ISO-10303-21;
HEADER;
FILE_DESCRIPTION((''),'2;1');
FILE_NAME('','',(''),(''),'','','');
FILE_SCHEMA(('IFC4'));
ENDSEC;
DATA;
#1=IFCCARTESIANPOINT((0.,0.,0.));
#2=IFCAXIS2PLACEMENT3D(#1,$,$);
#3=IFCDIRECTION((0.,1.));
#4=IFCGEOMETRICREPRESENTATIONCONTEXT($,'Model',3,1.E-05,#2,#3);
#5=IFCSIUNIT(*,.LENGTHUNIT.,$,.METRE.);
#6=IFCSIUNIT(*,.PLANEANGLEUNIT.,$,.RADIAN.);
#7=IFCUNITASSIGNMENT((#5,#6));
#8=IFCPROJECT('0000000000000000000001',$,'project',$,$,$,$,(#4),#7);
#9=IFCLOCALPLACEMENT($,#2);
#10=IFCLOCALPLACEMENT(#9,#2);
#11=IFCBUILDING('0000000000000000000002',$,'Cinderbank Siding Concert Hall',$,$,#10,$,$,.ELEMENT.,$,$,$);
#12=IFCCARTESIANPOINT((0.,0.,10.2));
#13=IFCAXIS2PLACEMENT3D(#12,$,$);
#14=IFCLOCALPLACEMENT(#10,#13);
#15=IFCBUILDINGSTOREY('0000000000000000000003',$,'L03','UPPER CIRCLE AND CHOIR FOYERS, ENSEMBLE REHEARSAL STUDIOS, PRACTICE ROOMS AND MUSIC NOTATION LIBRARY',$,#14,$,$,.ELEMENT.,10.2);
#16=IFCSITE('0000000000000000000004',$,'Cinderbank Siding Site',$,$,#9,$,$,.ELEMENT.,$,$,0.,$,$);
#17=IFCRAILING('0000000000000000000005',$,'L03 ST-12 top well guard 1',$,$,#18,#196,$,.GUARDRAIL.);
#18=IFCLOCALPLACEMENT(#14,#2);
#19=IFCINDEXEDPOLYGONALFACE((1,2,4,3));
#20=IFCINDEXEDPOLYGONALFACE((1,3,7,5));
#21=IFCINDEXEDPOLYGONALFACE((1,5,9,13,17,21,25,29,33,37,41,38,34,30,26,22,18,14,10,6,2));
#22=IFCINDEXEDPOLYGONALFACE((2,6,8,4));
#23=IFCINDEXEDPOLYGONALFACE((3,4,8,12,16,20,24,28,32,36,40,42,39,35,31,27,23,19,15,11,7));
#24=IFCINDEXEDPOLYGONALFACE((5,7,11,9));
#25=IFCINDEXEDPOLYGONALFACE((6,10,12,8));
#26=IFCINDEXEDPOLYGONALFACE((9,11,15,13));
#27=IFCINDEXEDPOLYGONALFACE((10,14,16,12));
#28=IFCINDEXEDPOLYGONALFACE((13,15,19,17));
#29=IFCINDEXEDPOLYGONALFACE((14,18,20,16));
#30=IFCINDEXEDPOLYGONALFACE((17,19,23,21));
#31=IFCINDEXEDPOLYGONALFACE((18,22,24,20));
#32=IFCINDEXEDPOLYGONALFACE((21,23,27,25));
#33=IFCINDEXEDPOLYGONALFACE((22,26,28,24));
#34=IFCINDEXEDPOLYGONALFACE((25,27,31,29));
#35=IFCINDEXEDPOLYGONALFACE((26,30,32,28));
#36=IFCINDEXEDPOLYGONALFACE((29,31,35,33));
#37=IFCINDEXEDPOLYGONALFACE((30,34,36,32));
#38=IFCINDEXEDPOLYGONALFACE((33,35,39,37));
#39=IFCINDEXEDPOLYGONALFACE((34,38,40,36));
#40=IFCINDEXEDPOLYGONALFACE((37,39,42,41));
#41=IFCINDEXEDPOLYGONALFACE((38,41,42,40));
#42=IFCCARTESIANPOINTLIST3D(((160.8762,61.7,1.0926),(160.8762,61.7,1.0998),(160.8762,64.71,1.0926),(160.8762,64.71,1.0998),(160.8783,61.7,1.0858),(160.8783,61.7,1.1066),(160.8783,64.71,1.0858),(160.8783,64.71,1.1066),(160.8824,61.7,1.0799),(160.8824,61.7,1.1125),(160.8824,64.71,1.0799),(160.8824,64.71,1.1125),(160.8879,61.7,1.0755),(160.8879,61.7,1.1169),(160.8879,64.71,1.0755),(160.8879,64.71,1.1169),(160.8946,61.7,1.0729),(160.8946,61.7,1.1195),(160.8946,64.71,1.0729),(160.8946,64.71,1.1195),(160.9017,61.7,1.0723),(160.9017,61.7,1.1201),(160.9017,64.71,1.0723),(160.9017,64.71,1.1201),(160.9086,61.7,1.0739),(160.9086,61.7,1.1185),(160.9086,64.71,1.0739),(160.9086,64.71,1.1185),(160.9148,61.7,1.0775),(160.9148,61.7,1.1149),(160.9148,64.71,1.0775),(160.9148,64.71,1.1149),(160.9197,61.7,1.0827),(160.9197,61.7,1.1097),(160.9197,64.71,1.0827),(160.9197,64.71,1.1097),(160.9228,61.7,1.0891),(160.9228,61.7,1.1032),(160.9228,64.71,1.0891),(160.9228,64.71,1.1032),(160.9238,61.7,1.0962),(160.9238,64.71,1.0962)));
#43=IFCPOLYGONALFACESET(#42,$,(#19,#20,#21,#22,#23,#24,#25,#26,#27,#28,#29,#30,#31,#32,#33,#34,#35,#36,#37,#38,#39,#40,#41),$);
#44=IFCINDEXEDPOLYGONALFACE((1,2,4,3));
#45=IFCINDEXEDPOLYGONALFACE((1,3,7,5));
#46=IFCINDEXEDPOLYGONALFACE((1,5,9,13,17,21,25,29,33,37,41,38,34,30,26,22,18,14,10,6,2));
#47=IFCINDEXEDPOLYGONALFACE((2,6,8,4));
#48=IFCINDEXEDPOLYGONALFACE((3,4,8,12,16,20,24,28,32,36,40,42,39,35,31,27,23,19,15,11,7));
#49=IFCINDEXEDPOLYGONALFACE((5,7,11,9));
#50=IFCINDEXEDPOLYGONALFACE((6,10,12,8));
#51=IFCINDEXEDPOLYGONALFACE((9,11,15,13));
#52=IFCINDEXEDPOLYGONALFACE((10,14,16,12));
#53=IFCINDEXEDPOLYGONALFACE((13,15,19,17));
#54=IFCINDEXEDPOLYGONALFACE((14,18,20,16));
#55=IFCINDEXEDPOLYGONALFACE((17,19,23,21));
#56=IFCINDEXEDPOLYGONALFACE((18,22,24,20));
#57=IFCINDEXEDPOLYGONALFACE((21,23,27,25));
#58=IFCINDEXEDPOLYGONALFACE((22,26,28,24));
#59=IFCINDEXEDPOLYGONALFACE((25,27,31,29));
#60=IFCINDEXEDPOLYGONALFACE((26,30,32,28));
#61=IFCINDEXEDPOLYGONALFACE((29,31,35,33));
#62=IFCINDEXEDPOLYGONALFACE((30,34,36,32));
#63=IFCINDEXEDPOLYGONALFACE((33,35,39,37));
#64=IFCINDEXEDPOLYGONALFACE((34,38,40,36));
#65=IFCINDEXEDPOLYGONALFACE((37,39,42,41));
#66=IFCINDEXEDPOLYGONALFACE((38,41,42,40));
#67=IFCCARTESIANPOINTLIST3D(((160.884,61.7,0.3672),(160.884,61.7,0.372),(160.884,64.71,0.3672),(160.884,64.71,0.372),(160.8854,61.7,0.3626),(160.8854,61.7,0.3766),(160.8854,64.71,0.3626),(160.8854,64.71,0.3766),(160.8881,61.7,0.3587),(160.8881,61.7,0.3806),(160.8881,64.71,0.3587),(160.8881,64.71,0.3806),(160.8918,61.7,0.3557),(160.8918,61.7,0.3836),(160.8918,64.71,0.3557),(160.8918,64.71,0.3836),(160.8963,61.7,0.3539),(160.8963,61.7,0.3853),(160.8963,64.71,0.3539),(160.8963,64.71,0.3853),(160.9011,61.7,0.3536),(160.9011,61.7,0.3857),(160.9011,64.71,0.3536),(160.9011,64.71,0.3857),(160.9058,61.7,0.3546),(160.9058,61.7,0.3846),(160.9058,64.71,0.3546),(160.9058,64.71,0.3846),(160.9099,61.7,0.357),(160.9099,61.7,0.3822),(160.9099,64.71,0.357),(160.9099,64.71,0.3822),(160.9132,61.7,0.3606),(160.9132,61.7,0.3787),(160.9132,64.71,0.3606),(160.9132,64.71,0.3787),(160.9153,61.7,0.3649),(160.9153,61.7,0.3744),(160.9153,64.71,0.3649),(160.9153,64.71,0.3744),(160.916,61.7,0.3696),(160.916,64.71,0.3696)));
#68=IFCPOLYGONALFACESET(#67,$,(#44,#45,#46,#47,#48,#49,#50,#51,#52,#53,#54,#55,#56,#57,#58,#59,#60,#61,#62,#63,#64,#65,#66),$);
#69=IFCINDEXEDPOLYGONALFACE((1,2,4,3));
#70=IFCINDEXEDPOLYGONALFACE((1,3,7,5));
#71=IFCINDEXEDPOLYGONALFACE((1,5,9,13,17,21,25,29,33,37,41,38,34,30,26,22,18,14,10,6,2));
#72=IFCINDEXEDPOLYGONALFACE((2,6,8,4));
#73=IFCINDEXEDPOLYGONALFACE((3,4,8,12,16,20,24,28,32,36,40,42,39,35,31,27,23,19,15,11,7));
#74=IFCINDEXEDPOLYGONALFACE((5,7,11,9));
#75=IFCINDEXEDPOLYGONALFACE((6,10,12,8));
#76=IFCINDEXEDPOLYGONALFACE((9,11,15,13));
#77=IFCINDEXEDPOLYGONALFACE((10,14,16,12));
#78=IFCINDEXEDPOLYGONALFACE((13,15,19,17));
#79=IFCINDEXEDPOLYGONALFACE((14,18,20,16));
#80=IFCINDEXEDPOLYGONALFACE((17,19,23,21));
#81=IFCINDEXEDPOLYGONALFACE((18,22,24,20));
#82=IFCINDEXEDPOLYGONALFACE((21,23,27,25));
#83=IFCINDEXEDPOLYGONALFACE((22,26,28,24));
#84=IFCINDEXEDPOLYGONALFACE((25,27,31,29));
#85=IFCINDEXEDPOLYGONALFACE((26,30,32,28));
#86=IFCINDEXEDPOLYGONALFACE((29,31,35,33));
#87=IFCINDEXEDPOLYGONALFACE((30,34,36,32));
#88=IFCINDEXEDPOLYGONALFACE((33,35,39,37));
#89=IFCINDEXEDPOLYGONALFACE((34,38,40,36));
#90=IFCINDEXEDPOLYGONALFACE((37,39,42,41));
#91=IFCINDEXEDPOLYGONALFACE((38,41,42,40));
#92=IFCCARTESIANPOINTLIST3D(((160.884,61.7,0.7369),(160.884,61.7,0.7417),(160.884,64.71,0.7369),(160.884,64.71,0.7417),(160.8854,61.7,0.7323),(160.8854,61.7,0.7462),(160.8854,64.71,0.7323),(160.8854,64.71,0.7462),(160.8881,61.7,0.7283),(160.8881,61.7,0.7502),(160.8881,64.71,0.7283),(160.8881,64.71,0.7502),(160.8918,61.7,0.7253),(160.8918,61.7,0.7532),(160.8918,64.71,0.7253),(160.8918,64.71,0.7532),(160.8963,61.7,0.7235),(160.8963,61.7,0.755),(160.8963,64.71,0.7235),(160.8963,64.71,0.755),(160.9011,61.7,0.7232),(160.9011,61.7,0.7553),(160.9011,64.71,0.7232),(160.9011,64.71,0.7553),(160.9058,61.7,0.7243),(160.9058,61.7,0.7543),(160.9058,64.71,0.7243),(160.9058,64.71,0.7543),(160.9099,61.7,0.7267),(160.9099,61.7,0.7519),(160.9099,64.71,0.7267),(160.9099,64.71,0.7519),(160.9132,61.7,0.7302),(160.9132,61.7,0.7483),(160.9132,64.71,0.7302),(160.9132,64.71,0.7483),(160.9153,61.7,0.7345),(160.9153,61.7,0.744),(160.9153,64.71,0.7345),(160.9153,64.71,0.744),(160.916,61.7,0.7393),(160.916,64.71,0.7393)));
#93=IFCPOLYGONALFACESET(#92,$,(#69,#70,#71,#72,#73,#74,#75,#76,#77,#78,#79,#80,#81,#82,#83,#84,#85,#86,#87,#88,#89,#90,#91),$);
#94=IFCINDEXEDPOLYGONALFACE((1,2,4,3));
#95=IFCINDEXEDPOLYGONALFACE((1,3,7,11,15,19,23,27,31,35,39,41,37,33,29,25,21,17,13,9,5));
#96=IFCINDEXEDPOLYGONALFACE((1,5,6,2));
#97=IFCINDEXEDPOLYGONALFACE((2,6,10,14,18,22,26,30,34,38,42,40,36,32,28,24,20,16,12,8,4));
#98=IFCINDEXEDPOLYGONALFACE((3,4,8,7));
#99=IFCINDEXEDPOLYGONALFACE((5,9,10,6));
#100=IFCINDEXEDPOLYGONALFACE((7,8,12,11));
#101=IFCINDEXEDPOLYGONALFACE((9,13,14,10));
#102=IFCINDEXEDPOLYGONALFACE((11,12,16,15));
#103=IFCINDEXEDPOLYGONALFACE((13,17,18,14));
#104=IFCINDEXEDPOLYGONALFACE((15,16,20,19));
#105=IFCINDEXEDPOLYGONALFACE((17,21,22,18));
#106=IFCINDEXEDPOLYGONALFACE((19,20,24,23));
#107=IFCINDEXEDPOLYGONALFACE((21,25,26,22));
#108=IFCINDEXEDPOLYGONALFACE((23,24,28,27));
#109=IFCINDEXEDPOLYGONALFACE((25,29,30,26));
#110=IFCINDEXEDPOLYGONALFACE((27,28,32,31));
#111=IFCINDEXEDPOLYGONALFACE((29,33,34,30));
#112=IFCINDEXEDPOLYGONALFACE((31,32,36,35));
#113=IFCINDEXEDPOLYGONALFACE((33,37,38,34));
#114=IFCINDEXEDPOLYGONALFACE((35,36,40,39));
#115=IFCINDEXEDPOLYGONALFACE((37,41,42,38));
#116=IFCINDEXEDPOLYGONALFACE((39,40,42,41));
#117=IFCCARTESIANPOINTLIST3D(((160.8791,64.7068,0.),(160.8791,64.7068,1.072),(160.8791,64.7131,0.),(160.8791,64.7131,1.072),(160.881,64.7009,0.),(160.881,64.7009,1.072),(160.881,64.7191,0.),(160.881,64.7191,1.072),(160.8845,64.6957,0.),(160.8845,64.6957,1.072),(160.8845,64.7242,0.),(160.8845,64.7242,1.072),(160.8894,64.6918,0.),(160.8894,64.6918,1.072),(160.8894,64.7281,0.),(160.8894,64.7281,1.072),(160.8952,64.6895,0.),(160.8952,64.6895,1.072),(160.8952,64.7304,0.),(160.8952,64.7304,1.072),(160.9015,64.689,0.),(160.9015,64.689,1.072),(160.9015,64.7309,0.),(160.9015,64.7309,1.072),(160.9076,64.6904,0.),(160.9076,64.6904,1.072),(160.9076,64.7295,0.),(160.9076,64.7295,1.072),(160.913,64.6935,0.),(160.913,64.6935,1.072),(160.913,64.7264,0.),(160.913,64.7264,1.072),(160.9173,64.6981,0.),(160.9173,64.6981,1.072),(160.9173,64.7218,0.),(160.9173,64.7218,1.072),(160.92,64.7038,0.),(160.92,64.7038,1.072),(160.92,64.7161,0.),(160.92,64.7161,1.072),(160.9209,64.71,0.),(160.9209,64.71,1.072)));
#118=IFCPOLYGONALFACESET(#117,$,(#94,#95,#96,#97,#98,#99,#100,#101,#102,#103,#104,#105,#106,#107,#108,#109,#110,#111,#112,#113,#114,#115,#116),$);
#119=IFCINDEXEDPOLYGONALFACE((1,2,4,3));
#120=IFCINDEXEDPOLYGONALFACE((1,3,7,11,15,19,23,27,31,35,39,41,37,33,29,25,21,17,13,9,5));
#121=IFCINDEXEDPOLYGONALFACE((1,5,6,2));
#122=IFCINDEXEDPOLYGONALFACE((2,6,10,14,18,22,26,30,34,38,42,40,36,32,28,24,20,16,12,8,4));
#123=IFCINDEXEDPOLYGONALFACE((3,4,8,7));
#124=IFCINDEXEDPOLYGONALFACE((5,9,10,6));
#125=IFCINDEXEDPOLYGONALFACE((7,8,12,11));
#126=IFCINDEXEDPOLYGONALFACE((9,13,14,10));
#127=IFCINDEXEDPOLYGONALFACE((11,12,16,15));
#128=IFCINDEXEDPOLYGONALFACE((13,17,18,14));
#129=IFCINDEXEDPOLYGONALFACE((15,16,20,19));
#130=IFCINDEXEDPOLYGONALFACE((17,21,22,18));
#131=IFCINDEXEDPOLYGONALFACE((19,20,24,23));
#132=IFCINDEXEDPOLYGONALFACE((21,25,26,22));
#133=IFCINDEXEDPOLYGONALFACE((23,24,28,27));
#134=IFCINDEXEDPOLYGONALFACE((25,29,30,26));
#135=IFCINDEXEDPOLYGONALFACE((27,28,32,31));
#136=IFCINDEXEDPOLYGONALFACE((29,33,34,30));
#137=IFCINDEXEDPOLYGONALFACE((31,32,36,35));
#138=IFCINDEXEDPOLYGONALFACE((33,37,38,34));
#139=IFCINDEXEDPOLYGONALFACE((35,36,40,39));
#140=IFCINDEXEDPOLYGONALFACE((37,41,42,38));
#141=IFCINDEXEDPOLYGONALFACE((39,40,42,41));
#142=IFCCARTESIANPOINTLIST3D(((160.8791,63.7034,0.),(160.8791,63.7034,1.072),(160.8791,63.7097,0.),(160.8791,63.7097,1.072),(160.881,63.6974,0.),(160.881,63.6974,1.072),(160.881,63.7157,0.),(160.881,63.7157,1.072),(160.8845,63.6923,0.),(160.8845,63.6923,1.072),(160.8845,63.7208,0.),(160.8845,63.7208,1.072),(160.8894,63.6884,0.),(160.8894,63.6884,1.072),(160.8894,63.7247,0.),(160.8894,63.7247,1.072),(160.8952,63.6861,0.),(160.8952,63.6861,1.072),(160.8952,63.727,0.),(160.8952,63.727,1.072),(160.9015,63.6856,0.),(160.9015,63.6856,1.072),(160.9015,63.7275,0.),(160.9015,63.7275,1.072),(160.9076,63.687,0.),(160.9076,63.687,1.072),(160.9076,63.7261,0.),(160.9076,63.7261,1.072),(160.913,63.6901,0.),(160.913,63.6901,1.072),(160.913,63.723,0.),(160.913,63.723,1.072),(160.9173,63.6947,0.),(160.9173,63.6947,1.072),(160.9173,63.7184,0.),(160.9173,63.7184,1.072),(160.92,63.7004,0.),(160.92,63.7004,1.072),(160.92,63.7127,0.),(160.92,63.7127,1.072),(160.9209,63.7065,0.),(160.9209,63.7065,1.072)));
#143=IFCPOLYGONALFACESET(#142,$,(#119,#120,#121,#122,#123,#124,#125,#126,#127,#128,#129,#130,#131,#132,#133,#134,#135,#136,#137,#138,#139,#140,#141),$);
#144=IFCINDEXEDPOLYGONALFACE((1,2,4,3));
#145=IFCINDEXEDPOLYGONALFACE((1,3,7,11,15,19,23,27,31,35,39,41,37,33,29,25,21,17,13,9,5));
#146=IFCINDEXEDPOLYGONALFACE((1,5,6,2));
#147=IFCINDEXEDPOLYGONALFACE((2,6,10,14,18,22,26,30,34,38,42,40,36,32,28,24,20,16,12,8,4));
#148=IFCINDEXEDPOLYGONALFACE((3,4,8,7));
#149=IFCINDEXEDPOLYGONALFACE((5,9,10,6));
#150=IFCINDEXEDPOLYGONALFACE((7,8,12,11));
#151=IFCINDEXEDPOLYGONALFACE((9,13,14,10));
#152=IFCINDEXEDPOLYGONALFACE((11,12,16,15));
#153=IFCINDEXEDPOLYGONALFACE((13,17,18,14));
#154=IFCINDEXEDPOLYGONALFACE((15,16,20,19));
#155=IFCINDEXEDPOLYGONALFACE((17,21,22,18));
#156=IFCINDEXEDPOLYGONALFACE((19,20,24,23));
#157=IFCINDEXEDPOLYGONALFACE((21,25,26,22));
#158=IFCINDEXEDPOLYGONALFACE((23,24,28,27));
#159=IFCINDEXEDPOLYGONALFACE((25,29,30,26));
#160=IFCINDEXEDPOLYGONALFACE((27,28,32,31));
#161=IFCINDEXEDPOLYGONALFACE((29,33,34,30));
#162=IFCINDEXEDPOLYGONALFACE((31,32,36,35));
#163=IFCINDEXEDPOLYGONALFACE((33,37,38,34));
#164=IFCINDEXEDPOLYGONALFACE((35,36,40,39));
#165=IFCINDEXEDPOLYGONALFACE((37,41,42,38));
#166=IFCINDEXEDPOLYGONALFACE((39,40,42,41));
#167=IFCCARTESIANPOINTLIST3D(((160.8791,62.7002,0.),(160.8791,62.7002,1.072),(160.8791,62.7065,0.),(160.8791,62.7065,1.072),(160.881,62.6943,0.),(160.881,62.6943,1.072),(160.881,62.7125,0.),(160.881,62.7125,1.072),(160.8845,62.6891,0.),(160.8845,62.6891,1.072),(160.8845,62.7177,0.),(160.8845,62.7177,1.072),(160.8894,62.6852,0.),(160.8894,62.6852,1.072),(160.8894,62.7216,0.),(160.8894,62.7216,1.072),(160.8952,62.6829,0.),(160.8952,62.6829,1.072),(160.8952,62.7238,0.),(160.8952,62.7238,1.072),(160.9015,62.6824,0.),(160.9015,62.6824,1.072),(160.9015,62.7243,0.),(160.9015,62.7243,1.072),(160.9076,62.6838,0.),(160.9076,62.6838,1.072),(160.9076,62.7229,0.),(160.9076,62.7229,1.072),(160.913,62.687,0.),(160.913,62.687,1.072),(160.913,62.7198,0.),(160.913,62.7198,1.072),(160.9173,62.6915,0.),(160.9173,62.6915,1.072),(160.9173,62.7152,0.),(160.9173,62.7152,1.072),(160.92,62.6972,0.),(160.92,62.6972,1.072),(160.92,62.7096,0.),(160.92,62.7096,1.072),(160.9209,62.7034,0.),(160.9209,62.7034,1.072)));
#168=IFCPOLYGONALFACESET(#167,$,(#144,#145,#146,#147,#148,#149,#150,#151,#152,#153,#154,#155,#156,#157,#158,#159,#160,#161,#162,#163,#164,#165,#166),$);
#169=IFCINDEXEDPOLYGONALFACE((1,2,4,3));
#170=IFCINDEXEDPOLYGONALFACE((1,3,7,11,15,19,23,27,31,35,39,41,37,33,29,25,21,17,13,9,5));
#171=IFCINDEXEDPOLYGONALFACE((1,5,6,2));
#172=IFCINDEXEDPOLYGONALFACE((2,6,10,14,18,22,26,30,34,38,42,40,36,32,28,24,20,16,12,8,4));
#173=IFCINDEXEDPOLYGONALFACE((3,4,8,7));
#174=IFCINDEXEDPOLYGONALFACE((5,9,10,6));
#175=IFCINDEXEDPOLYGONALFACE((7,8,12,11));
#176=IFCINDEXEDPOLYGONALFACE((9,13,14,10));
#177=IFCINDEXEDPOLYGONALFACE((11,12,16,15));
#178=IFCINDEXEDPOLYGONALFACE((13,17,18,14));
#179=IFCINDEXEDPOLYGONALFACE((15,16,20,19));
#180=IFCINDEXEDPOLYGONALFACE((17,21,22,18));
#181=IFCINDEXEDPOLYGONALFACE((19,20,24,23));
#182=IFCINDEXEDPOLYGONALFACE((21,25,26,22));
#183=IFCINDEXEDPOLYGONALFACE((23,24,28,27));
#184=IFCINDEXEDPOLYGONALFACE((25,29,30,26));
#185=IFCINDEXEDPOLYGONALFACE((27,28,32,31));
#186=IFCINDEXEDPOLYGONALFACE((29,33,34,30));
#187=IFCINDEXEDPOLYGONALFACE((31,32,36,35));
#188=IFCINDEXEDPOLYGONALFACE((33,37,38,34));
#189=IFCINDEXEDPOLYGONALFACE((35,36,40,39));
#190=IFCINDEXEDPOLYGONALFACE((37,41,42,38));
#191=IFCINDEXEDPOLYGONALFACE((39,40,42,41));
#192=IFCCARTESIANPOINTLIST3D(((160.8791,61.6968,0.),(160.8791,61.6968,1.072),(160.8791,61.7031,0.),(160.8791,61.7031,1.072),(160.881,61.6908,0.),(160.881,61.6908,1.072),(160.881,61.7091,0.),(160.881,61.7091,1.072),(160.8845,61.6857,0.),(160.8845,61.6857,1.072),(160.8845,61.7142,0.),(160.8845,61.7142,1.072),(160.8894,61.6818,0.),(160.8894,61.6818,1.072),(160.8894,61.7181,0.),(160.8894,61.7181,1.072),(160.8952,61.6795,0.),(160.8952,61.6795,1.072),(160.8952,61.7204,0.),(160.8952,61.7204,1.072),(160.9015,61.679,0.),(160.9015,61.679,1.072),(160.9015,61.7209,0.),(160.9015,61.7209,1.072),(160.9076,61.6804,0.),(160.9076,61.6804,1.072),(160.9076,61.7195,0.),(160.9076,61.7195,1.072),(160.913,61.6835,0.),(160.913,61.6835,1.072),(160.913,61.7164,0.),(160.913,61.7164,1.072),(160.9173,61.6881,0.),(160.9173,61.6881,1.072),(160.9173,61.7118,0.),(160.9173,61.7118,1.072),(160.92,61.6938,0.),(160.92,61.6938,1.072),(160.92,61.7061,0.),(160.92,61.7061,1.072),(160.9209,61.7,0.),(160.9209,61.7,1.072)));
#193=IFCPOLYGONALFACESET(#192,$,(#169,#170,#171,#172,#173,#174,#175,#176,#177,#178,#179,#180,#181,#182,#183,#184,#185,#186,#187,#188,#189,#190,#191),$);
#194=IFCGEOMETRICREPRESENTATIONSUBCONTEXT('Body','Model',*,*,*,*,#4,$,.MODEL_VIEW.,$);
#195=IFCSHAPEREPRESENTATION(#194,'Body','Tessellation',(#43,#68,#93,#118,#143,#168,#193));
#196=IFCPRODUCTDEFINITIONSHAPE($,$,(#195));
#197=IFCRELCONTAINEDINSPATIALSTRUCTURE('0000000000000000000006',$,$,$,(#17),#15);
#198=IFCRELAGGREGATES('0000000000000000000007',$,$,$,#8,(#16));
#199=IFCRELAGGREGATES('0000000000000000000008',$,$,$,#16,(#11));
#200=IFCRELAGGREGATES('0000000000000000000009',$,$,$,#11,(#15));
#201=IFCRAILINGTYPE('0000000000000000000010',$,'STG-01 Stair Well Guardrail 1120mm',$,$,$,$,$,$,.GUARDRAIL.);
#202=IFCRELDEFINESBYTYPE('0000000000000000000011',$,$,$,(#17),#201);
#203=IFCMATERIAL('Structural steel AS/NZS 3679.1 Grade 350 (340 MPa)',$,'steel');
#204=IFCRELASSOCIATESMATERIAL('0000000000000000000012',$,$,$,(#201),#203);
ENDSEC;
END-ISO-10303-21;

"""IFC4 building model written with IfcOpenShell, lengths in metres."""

from ifc_helpers import new_model, si_unit, direction, frame, origin, origin_2d, place, context, subcontext, project, spatial, circle, extrude, material, type_object, element, save


model = new_model("IFC4")

# Units and contexts
model_context = context("Model", 3, precision=1e-05, world=origin(), true_north=direction((0.0, 1.0)))
body_context = subcontext(model_context, "Body", "Model", "MODEL_VIEW")
ifc_project = project(units=[si_unit("LENGTHUNIT", "METRE"), si_unit("PLANEANGLEUNIT", "RADIAN")], contexts=[model_context])

# Site, building, storey
site_placement = place(None, origin())
site = spatial("IfcSite", under=ifc_project, at=site_placement, Name="Cinderbank Siding Site", CompositionType="ELEMENT", RefElevation=0.0)
building_placement = place(site_placement, origin())
building = spatial("IfcBuilding", under=site, at=building_placement, Name="Cinderbank Siding Concert Hall", CompositionType="ELEMENT")
storey_placement = place(building_placement, frame((0.0, 0.0, 10.2)))
storey = spatial("IfcBuildingStorey", under=building, at=storey_placement, Name="L03", Description="UPPER CIRCLE AND CHOIR FOYERS, ENSEMBLE REHEARSAL STUDIOS, PRACTICE ROOMS AND MUSIC NOTATION LIBRARY", CompositionType="ELEMENT", Elevation=10.2)

# Shared definitions
ifc_material_1 = material(Name="Structural steel AS/NZS 3679.1 Grade 350 (340 MPa)", Category="steel")

# Railing
railing_type = type_object("IfcRailingType", Name="STG-01 Stair Well Guardrail 1120mm", PredefinedType="GUARDRAIL", material=ifc_material_1)
railing_placement = place(storey_placement, frame((160.8999, 64.71, 0.0)))
element("IfcRailing", 1, at=railing_placement, inside=storey, type_object=railing_type, Name="L03 ST-12 top well guard 1", PredefinedType="GUARDRAIL", context=body_context, shape_type="SweptSolid", body=[
    extrude(circle(Radius=0.0239, at=origin_2d()), frame((0.0, 0.0, 1.0962), z_axis=(0.0, -1.0, 0.0), x_axis=(1.0, 0.0, 0.0)), (0.0, 0.0, 1.0), 3.01),
    extrude(circle(Radius=0.0161, at=origin_2d()), frame((0.0, 0.0, 0.3696), z_axis=(0.0, -1.0, 0.0), x_axis=(1.0, 0.0, 0.0)), (0.0, 0.0, 1.0), 3.01),
    extrude(circle(Radius=0.0161, at=origin_2d()), frame((0.0, 0.0, 0.7393), z_axis=(0.0, -1.0, 0.0), x_axis=(1.0, 0.0, 0.0)), (0.0, 0.0, 1.0), 3.01),
    extrude(circle(Radius=0.021, at=origin_2d()), origin(), (0.0, 0.0, 1.0), 1.072),
    extrude(circle(Radius=0.021, at=origin_2d()), frame((0.0, -1.0034, 0.0)), (0.0, 0.0, 1.0), 1.072),
    extrude(circle(Radius=0.021, at=origin_2d()), frame((0.0, -2.0066, 0.0)), (0.0, 0.0, 1.0), 1.072),
    extrude(circle(Radius=0.021, at=origin_2d()), frame((0.0, -3.01, 0.0)), (0.0, 0.0, 1.0), 1.072),
])

save(model, "model.ifc")
